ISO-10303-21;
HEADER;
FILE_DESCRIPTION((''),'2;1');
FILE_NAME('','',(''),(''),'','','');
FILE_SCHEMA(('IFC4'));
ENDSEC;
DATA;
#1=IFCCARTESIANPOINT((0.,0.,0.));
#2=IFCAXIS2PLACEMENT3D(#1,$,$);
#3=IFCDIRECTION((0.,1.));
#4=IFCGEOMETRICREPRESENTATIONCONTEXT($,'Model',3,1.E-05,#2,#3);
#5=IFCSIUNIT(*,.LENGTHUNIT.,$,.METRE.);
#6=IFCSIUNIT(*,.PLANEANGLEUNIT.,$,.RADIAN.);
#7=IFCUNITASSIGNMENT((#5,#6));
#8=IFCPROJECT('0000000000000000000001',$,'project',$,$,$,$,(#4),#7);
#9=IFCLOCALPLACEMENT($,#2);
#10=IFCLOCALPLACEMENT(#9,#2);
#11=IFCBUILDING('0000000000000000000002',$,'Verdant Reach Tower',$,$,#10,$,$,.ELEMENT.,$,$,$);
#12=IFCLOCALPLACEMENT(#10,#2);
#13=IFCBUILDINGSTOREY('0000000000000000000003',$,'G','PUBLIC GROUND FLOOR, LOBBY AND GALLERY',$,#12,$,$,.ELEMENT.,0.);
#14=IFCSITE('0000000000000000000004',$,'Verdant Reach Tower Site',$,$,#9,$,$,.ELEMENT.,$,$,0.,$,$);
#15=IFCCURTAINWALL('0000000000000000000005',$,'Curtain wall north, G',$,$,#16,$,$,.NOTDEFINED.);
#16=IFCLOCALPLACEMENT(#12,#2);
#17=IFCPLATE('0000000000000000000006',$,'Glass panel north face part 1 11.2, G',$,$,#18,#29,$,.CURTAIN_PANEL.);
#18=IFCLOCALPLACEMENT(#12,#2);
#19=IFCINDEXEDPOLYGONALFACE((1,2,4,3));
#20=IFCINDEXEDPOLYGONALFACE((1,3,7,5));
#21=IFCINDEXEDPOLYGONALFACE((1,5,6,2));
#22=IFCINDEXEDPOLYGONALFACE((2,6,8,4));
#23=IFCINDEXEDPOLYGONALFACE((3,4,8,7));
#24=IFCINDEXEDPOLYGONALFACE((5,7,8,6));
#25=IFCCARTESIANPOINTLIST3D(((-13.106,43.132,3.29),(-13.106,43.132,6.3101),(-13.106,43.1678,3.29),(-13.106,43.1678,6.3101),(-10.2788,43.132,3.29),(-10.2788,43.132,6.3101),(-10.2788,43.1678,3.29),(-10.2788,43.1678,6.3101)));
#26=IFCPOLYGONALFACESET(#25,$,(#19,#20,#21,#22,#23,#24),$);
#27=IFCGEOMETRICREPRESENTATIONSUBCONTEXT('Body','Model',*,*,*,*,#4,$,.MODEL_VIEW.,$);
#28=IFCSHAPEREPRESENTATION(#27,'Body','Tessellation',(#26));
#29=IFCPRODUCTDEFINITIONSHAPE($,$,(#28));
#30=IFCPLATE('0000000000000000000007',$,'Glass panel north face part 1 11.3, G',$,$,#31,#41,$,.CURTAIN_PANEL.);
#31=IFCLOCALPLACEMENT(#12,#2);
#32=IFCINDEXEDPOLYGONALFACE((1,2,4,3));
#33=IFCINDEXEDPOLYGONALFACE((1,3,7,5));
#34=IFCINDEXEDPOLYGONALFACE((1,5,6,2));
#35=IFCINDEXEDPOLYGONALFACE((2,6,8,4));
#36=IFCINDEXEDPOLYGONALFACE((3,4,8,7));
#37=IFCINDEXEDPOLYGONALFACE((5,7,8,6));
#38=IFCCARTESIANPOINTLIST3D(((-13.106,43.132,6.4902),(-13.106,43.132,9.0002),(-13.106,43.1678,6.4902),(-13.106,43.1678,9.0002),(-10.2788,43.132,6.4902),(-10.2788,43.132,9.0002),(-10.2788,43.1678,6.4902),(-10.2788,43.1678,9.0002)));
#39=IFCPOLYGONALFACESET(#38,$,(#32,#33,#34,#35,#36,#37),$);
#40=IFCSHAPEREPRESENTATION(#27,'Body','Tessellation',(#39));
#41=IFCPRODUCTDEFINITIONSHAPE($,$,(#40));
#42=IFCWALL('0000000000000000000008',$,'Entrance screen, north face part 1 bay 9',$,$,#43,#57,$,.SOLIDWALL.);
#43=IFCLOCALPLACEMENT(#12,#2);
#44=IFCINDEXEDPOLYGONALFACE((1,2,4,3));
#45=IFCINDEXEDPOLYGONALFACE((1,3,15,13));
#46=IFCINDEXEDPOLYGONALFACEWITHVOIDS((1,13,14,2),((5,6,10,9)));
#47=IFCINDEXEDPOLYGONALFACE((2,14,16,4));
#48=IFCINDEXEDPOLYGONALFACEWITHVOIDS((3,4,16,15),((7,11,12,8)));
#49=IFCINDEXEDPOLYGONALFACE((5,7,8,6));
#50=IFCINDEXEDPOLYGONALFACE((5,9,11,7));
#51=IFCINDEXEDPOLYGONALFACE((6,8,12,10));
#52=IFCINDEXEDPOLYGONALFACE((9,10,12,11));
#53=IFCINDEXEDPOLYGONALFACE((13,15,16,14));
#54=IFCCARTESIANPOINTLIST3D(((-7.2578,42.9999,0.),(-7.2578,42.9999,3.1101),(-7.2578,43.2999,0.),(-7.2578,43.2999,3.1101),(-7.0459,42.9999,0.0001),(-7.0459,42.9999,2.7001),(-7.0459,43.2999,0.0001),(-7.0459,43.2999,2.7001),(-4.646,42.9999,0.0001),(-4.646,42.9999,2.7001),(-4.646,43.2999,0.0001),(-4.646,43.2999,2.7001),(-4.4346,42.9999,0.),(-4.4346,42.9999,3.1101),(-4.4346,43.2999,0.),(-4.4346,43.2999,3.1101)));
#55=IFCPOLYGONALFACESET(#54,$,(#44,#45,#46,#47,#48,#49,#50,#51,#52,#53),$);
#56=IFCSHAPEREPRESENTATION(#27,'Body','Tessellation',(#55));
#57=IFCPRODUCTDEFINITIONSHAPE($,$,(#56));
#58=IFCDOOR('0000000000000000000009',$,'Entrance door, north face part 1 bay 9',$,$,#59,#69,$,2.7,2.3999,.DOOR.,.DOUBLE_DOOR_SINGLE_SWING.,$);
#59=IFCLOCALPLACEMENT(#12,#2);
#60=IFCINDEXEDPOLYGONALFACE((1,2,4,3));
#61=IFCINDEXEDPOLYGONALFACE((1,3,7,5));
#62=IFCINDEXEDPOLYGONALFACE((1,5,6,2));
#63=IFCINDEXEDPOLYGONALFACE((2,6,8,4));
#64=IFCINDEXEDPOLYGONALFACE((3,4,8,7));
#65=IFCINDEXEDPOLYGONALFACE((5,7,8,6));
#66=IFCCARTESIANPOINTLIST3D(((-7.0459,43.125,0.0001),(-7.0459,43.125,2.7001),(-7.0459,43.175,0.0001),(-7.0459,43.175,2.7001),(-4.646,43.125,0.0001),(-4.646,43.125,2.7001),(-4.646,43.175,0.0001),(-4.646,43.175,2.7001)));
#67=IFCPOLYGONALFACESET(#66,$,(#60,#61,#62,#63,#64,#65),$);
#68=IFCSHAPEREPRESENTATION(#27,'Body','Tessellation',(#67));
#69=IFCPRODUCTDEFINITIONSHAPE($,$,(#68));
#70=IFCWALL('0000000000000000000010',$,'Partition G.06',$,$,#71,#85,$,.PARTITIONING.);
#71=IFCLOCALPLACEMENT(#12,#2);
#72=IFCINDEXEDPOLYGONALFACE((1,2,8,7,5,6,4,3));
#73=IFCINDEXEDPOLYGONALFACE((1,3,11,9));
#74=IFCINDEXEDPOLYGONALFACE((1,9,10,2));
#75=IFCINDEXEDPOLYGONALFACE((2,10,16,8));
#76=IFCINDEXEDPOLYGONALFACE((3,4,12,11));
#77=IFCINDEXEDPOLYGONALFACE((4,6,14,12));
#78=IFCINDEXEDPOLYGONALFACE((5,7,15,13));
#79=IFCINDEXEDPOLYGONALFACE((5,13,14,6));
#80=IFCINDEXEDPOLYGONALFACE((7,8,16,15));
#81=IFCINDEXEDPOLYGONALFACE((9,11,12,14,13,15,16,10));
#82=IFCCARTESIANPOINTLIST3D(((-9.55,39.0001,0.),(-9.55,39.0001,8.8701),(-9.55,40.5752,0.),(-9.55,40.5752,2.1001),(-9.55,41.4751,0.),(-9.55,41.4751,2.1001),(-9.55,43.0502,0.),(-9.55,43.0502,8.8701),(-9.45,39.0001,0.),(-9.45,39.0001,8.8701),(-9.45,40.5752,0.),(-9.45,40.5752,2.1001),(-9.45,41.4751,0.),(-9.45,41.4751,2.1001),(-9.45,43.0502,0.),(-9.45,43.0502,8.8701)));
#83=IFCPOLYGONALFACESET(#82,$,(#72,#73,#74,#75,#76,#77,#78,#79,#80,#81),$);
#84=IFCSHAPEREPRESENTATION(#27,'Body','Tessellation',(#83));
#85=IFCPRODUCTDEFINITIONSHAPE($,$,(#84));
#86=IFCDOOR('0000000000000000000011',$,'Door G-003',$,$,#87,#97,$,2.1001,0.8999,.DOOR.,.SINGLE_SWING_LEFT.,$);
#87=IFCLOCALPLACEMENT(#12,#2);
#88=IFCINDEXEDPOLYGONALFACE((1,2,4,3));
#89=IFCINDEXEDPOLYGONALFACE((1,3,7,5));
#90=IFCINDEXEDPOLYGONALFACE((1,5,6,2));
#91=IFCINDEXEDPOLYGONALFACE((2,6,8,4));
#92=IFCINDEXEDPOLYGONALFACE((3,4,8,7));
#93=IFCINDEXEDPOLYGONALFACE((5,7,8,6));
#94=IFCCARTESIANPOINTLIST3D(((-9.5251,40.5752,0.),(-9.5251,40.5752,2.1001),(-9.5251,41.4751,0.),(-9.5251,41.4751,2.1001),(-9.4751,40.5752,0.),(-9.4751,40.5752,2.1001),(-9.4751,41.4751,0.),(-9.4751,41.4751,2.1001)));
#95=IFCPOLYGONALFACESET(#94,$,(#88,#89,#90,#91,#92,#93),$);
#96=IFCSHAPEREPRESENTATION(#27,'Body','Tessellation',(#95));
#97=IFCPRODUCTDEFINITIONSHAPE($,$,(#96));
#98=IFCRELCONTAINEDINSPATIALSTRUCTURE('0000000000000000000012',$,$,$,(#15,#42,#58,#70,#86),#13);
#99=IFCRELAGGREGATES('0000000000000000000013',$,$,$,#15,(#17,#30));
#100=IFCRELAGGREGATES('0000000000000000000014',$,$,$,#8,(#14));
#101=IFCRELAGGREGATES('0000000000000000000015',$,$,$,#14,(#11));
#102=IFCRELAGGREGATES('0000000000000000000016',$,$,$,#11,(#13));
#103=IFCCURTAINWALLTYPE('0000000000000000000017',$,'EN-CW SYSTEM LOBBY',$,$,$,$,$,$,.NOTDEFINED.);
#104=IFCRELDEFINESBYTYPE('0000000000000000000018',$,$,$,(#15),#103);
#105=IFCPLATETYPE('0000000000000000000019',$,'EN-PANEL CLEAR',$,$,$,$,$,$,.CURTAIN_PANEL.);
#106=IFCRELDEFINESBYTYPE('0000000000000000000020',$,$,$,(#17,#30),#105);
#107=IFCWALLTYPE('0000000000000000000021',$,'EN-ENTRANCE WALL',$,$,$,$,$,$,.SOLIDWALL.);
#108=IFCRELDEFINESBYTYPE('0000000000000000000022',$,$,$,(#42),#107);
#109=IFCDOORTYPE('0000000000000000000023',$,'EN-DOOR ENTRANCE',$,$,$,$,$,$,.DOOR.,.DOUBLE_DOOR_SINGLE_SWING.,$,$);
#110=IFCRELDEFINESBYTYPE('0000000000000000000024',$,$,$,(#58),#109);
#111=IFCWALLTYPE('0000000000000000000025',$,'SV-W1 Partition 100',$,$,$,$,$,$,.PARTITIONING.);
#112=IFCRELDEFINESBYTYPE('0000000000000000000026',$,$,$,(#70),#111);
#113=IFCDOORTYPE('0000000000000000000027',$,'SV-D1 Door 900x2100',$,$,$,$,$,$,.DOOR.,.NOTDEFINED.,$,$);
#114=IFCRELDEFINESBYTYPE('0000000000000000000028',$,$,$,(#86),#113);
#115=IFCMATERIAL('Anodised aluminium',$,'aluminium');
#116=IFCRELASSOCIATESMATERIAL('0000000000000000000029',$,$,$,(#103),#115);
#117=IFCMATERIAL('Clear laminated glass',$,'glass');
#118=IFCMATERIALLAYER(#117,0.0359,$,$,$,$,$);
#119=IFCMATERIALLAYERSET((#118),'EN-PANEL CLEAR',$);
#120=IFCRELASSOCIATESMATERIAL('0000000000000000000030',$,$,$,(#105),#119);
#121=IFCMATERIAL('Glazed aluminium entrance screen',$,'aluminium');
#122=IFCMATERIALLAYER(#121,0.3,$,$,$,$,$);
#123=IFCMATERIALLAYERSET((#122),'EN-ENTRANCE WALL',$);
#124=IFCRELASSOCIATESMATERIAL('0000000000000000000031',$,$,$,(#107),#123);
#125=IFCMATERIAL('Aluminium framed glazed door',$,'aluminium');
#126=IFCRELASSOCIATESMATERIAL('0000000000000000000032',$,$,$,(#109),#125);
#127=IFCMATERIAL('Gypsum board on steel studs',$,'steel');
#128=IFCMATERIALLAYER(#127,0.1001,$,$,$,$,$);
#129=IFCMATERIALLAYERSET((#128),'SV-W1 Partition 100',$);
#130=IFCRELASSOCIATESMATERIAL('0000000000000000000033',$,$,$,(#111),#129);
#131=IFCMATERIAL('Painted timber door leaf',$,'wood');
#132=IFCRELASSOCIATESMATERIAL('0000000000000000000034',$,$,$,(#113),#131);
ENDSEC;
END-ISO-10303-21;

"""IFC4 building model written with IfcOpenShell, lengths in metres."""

from ifc_helpers import new_model, si_unit, direction, frame, frame_2d, origin, origin_2d, place, context, subcontext, project, spatial, rectangle, extrude, material, layer, layer_set, type_object, element, fill, aggregate, save


model = new_model("IFC4")

# Units and contexts
model_context = context("Model", 3, precision=1e-05, world=origin(), true_north=direction((0.0, 1.0)))
body_context = subcontext(model_context, "Body", "Model", "MODEL_VIEW")
ifc_project = project(units=[si_unit("LENGTHUNIT", "METRE"), si_unit("PLANEANGLEUNIT", "RADIAN")], contexts=[model_context])

# Site, building, storey
site_placement = place(None, origin())
site = spatial("IfcSite", under=ifc_project, at=site_placement, Name="Verdant Reach Tower Site", CompositionType="ELEMENT", RefElevation=0.0)
building_placement = place(site_placement, origin())
building = spatial("IfcBuilding", under=site, at=building_placement, Name="Verdant Reach Tower", CompositionType="ELEMENT")
storey_placement = place(building_placement, origin())
storey = spatial("IfcBuildingStorey", under=building, at=storey_placement, Name="G", Description="PUBLIC GROUND FLOOR, LOBBY AND GALLERY", CompositionType="ELEMENT", Elevation=0.0)

# Curtain wall
ifc_material_1 = material(Name="Anodised aluminium", Category="aluminium")
curtain_wall_type = type_object("IfcCurtainWallType", Name="EN-CW SYSTEM LOBBY", PredefinedType="NOTDEFINED", material=ifc_material_1)
curtain_wall_placement = place(storey_placement, origin())
curtain_wall = element("IfcCurtainWall", 1, at=curtain_wall_placement, inside=storey, type_object=curtain_wall_type, Name="Curtain wall north, G", PredefinedType="NOTDEFINED")

# Plates
ifc_material_2 = material(Name="Clear laminated glass", Category="glass")
ifc_layer_1 = layer(ifc_material_2, 0.0359)
ifc_layer_set_1 = layer_set([ifc_layer_1], Name="EN-PANEL CLEAR")
plate_type = type_object("IfcPlateType", Name="EN-PANEL CLEAR", PredefinedType="CURTAIN_PANEL", material=ifc_layer_set_1)
plate_1_placement = place(storey_placement, frame((-11.6924, 43.1499, 3.29), z_axis=(0.0, 0.0, 1.0), x_axis=(-1.0, 0.0, 0.0)))
plate_1 = element("IfcPlate", 2, at=plate_1_placement, type_object=plate_type, Name="Glass panel north face part 1 11.2, G", PredefinedType="CURTAIN_PANEL", context=body_context, shape_type="SweptSolid", body=[
    extrude(rectangle(XDim=2.8271, YDim=0.0359, at=origin_2d()), origin(), (0.0, 0.0, 1.0), 3.02),
])
plate_2_placement = place(storey_placement, frame((-11.6924, 43.1499, 6.4902), z_axis=(0.0, 0.0, 1.0), x_axis=(-1.0, 0.0, 0.0)))
plate_2 = element("IfcPlate", 3, at=plate_2_placement, type_object=plate_type, Name="Glass panel north face part 1 11.3, G", PredefinedType="CURTAIN_PANEL", context=body_context, shape_type="SweptSolid", body=[
    extrude(rectangle(XDim=2.8271, YDim=0.0359, at=origin_2d()), origin(), (0.0, 0.0, 1.0), 2.51),
])
aggregate(curtain_wall, [plate_1, plate_2])

# Walls, openings, doors
ifc_material_3 = material(Name="Glazed aluminium entrance screen", Category="aluminium")
ifc_layer_2 = layer(ifc_material_3, 0.3)
ifc_layer_set_2 = layer_set([ifc_layer_2], Name="EN-ENTRANCE WALL")
wall_type_1 = type_object("IfcWallType", Name="EN-ENTRANCE WALL", PredefinedType="SOLIDWALL", material=ifc_layer_set_2)
wall_1_placement = place(storey_placement, frame((-4.4346, 43.1499, 0.0), z_axis=(0.0, 0.0, 1.0), x_axis=(-1.0, 0.0, 0.0)))
wall_1 = element("IfcWall", 4, at=wall_1_placement, inside=storey, type_object=wall_type_1, Name="Entrance screen, north face part 1 bay 9", PredefinedType="SOLIDWALL", context=body_context, shape_type="SweptSolid", body=[
    extrude(rectangle(XDim=2.8232, YDim=0.3, at=frame_2d((1.4116, 0.0))), origin(), (0.0, 0.0, 1.0), 3.1101),
])
opening_1_placement = place(wall_1_placement, frame((0.2114, 0.0, 0.0)))
opening_1 = element("IfcOpeningElement", 5, at=opening_1_placement, cuts=wall_1, PredefinedType="OPENING", context=body_context, shape_type="SweptSolid", body=[
    extrude(rectangle(XDim=2.3999, YDim=2.7, at=frame_2d((1.2, 1.3501))), frame((0.0, 0.1599, 0.0), z_axis=(0.0, -1.0, 0.0), x_axis=(1.0, 0.0, 0.0)), (0.0, 0.0, 1.0), 0.3201),
])
ifc_material_4 = material(Name="Aluminium framed glazed door", Category="aluminium")
door_type_1 = type_object("IfcDoorType", Name="EN-DOOR ENTRANCE", OperationType="DOUBLE_DOOR_SINGLE_SWING", PredefinedType="DOOR", material=ifc_material_4)
door_1_placement = place(opening_1_placement, origin())
door_1 = element("IfcDoor", 6, at=door_1_placement, inside=storey, type_object=door_type_1, Name="Entrance door, north face part 1 bay 9", OperationType="DOUBLE_DOOR_SINGLE_SWING", OverallHeight=2.7, OverallWidth=2.3999, PredefinedType="DOOR", context=body_context, shape_type="SweptSolid", body=[
    extrude(rectangle(XDim=2.3999, YDim=2.7, at=frame_2d((1.2, 1.3501))), frame((0.0, 0.0249, 0.0), z_axis=(0.0, -1.0, 0.0), x_axis=(1.0, 0.0, 0.0)), (0.0, 0.0, 1.0), 0.05),
])
fill(opening_1, door_1)
ifc_material_5 = material(Name="Gypsum board on steel studs", Category="steel")
ifc_layer_3 = layer(ifc_material_5, 0.1001)
ifc_layer_set_3 = layer_set([ifc_layer_3], Name="SV-W1 Partition 100")
wall_type_2 = type_object("IfcWallType", Name="SV-W1 Partition 100", PredefinedType="PARTITIONING", material=ifc_layer_set_3)
wall_2_placement = place(storey_placement, frame((-9.5, 43.05, 0.0), z_axis=(0.0, 0.0, 1.0), x_axis=(0.0, -1.0, 0.0)))
wall_2 = element("IfcWall", 7, at=wall_2_placement, inside=storey, type_object=wall_type_2, Name="Partition G.06", PredefinedType="PARTITIONING", context=body_context, shape_type="SweptSolid", body=[
    extrude(rectangle(XDim=4.05, YDim=0.1001, at=frame_2d((2.0249, 0.0))), origin(), (0.0, 0.0, 1.0), 8.8701),
])
opening_2_placement = place(wall_2_placement, frame((1.575, 0.0, 0.0)))
opening_2 = element("IfcOpeningElement", 8, at=opening_2_placement, cuts=wall_2, PredefinedType="OPENING", context=body_context, shape_type="SweptSolid", body=[
    extrude(rectangle(XDim=0.8999, YDim=2.1001, at=frame_2d((0.45, 1.05))), frame((0.0, 0.0601, 0.0), z_axis=(0.0, -1.0, 0.0), x_axis=(1.0, 0.0, 0.0)), (0.0, 0.0, 1.0), 0.1201),
])
ifc_material_6 = material(Name="Painted timber door leaf", Category="wood")
door_type_2 = type_object("IfcDoorType", Name="SV-D1 Door 900x2100", OperationType="NOTDEFINED", PredefinedType="DOOR", material=ifc_material_6)
door_2_placement = place(opening_2_placement, origin())
door_2 = element("IfcDoor", 9, at=door_2_placement, inside=storey, type_object=door_type_2, Name="Door G-003", OperationType="SINGLE_SWING_LEFT", OverallHeight=2.1001, OverallWidth=0.8999, PredefinedType="DOOR", context=body_context, shape_type="SweptSolid", body=[
    extrude(rectangle(XDim=0.8999, YDim=2.1001, at=frame_2d((0.45, 1.05))), frame((0.0, 0.0249, 0.0), z_axis=(0.0, -1.0, 0.0), x_axis=(1.0, 0.0, 0.0)), (0.0, 0.0, 1.0), 0.05),
])
fill(opening_2, door_2)

save(model, "model.ifc")
